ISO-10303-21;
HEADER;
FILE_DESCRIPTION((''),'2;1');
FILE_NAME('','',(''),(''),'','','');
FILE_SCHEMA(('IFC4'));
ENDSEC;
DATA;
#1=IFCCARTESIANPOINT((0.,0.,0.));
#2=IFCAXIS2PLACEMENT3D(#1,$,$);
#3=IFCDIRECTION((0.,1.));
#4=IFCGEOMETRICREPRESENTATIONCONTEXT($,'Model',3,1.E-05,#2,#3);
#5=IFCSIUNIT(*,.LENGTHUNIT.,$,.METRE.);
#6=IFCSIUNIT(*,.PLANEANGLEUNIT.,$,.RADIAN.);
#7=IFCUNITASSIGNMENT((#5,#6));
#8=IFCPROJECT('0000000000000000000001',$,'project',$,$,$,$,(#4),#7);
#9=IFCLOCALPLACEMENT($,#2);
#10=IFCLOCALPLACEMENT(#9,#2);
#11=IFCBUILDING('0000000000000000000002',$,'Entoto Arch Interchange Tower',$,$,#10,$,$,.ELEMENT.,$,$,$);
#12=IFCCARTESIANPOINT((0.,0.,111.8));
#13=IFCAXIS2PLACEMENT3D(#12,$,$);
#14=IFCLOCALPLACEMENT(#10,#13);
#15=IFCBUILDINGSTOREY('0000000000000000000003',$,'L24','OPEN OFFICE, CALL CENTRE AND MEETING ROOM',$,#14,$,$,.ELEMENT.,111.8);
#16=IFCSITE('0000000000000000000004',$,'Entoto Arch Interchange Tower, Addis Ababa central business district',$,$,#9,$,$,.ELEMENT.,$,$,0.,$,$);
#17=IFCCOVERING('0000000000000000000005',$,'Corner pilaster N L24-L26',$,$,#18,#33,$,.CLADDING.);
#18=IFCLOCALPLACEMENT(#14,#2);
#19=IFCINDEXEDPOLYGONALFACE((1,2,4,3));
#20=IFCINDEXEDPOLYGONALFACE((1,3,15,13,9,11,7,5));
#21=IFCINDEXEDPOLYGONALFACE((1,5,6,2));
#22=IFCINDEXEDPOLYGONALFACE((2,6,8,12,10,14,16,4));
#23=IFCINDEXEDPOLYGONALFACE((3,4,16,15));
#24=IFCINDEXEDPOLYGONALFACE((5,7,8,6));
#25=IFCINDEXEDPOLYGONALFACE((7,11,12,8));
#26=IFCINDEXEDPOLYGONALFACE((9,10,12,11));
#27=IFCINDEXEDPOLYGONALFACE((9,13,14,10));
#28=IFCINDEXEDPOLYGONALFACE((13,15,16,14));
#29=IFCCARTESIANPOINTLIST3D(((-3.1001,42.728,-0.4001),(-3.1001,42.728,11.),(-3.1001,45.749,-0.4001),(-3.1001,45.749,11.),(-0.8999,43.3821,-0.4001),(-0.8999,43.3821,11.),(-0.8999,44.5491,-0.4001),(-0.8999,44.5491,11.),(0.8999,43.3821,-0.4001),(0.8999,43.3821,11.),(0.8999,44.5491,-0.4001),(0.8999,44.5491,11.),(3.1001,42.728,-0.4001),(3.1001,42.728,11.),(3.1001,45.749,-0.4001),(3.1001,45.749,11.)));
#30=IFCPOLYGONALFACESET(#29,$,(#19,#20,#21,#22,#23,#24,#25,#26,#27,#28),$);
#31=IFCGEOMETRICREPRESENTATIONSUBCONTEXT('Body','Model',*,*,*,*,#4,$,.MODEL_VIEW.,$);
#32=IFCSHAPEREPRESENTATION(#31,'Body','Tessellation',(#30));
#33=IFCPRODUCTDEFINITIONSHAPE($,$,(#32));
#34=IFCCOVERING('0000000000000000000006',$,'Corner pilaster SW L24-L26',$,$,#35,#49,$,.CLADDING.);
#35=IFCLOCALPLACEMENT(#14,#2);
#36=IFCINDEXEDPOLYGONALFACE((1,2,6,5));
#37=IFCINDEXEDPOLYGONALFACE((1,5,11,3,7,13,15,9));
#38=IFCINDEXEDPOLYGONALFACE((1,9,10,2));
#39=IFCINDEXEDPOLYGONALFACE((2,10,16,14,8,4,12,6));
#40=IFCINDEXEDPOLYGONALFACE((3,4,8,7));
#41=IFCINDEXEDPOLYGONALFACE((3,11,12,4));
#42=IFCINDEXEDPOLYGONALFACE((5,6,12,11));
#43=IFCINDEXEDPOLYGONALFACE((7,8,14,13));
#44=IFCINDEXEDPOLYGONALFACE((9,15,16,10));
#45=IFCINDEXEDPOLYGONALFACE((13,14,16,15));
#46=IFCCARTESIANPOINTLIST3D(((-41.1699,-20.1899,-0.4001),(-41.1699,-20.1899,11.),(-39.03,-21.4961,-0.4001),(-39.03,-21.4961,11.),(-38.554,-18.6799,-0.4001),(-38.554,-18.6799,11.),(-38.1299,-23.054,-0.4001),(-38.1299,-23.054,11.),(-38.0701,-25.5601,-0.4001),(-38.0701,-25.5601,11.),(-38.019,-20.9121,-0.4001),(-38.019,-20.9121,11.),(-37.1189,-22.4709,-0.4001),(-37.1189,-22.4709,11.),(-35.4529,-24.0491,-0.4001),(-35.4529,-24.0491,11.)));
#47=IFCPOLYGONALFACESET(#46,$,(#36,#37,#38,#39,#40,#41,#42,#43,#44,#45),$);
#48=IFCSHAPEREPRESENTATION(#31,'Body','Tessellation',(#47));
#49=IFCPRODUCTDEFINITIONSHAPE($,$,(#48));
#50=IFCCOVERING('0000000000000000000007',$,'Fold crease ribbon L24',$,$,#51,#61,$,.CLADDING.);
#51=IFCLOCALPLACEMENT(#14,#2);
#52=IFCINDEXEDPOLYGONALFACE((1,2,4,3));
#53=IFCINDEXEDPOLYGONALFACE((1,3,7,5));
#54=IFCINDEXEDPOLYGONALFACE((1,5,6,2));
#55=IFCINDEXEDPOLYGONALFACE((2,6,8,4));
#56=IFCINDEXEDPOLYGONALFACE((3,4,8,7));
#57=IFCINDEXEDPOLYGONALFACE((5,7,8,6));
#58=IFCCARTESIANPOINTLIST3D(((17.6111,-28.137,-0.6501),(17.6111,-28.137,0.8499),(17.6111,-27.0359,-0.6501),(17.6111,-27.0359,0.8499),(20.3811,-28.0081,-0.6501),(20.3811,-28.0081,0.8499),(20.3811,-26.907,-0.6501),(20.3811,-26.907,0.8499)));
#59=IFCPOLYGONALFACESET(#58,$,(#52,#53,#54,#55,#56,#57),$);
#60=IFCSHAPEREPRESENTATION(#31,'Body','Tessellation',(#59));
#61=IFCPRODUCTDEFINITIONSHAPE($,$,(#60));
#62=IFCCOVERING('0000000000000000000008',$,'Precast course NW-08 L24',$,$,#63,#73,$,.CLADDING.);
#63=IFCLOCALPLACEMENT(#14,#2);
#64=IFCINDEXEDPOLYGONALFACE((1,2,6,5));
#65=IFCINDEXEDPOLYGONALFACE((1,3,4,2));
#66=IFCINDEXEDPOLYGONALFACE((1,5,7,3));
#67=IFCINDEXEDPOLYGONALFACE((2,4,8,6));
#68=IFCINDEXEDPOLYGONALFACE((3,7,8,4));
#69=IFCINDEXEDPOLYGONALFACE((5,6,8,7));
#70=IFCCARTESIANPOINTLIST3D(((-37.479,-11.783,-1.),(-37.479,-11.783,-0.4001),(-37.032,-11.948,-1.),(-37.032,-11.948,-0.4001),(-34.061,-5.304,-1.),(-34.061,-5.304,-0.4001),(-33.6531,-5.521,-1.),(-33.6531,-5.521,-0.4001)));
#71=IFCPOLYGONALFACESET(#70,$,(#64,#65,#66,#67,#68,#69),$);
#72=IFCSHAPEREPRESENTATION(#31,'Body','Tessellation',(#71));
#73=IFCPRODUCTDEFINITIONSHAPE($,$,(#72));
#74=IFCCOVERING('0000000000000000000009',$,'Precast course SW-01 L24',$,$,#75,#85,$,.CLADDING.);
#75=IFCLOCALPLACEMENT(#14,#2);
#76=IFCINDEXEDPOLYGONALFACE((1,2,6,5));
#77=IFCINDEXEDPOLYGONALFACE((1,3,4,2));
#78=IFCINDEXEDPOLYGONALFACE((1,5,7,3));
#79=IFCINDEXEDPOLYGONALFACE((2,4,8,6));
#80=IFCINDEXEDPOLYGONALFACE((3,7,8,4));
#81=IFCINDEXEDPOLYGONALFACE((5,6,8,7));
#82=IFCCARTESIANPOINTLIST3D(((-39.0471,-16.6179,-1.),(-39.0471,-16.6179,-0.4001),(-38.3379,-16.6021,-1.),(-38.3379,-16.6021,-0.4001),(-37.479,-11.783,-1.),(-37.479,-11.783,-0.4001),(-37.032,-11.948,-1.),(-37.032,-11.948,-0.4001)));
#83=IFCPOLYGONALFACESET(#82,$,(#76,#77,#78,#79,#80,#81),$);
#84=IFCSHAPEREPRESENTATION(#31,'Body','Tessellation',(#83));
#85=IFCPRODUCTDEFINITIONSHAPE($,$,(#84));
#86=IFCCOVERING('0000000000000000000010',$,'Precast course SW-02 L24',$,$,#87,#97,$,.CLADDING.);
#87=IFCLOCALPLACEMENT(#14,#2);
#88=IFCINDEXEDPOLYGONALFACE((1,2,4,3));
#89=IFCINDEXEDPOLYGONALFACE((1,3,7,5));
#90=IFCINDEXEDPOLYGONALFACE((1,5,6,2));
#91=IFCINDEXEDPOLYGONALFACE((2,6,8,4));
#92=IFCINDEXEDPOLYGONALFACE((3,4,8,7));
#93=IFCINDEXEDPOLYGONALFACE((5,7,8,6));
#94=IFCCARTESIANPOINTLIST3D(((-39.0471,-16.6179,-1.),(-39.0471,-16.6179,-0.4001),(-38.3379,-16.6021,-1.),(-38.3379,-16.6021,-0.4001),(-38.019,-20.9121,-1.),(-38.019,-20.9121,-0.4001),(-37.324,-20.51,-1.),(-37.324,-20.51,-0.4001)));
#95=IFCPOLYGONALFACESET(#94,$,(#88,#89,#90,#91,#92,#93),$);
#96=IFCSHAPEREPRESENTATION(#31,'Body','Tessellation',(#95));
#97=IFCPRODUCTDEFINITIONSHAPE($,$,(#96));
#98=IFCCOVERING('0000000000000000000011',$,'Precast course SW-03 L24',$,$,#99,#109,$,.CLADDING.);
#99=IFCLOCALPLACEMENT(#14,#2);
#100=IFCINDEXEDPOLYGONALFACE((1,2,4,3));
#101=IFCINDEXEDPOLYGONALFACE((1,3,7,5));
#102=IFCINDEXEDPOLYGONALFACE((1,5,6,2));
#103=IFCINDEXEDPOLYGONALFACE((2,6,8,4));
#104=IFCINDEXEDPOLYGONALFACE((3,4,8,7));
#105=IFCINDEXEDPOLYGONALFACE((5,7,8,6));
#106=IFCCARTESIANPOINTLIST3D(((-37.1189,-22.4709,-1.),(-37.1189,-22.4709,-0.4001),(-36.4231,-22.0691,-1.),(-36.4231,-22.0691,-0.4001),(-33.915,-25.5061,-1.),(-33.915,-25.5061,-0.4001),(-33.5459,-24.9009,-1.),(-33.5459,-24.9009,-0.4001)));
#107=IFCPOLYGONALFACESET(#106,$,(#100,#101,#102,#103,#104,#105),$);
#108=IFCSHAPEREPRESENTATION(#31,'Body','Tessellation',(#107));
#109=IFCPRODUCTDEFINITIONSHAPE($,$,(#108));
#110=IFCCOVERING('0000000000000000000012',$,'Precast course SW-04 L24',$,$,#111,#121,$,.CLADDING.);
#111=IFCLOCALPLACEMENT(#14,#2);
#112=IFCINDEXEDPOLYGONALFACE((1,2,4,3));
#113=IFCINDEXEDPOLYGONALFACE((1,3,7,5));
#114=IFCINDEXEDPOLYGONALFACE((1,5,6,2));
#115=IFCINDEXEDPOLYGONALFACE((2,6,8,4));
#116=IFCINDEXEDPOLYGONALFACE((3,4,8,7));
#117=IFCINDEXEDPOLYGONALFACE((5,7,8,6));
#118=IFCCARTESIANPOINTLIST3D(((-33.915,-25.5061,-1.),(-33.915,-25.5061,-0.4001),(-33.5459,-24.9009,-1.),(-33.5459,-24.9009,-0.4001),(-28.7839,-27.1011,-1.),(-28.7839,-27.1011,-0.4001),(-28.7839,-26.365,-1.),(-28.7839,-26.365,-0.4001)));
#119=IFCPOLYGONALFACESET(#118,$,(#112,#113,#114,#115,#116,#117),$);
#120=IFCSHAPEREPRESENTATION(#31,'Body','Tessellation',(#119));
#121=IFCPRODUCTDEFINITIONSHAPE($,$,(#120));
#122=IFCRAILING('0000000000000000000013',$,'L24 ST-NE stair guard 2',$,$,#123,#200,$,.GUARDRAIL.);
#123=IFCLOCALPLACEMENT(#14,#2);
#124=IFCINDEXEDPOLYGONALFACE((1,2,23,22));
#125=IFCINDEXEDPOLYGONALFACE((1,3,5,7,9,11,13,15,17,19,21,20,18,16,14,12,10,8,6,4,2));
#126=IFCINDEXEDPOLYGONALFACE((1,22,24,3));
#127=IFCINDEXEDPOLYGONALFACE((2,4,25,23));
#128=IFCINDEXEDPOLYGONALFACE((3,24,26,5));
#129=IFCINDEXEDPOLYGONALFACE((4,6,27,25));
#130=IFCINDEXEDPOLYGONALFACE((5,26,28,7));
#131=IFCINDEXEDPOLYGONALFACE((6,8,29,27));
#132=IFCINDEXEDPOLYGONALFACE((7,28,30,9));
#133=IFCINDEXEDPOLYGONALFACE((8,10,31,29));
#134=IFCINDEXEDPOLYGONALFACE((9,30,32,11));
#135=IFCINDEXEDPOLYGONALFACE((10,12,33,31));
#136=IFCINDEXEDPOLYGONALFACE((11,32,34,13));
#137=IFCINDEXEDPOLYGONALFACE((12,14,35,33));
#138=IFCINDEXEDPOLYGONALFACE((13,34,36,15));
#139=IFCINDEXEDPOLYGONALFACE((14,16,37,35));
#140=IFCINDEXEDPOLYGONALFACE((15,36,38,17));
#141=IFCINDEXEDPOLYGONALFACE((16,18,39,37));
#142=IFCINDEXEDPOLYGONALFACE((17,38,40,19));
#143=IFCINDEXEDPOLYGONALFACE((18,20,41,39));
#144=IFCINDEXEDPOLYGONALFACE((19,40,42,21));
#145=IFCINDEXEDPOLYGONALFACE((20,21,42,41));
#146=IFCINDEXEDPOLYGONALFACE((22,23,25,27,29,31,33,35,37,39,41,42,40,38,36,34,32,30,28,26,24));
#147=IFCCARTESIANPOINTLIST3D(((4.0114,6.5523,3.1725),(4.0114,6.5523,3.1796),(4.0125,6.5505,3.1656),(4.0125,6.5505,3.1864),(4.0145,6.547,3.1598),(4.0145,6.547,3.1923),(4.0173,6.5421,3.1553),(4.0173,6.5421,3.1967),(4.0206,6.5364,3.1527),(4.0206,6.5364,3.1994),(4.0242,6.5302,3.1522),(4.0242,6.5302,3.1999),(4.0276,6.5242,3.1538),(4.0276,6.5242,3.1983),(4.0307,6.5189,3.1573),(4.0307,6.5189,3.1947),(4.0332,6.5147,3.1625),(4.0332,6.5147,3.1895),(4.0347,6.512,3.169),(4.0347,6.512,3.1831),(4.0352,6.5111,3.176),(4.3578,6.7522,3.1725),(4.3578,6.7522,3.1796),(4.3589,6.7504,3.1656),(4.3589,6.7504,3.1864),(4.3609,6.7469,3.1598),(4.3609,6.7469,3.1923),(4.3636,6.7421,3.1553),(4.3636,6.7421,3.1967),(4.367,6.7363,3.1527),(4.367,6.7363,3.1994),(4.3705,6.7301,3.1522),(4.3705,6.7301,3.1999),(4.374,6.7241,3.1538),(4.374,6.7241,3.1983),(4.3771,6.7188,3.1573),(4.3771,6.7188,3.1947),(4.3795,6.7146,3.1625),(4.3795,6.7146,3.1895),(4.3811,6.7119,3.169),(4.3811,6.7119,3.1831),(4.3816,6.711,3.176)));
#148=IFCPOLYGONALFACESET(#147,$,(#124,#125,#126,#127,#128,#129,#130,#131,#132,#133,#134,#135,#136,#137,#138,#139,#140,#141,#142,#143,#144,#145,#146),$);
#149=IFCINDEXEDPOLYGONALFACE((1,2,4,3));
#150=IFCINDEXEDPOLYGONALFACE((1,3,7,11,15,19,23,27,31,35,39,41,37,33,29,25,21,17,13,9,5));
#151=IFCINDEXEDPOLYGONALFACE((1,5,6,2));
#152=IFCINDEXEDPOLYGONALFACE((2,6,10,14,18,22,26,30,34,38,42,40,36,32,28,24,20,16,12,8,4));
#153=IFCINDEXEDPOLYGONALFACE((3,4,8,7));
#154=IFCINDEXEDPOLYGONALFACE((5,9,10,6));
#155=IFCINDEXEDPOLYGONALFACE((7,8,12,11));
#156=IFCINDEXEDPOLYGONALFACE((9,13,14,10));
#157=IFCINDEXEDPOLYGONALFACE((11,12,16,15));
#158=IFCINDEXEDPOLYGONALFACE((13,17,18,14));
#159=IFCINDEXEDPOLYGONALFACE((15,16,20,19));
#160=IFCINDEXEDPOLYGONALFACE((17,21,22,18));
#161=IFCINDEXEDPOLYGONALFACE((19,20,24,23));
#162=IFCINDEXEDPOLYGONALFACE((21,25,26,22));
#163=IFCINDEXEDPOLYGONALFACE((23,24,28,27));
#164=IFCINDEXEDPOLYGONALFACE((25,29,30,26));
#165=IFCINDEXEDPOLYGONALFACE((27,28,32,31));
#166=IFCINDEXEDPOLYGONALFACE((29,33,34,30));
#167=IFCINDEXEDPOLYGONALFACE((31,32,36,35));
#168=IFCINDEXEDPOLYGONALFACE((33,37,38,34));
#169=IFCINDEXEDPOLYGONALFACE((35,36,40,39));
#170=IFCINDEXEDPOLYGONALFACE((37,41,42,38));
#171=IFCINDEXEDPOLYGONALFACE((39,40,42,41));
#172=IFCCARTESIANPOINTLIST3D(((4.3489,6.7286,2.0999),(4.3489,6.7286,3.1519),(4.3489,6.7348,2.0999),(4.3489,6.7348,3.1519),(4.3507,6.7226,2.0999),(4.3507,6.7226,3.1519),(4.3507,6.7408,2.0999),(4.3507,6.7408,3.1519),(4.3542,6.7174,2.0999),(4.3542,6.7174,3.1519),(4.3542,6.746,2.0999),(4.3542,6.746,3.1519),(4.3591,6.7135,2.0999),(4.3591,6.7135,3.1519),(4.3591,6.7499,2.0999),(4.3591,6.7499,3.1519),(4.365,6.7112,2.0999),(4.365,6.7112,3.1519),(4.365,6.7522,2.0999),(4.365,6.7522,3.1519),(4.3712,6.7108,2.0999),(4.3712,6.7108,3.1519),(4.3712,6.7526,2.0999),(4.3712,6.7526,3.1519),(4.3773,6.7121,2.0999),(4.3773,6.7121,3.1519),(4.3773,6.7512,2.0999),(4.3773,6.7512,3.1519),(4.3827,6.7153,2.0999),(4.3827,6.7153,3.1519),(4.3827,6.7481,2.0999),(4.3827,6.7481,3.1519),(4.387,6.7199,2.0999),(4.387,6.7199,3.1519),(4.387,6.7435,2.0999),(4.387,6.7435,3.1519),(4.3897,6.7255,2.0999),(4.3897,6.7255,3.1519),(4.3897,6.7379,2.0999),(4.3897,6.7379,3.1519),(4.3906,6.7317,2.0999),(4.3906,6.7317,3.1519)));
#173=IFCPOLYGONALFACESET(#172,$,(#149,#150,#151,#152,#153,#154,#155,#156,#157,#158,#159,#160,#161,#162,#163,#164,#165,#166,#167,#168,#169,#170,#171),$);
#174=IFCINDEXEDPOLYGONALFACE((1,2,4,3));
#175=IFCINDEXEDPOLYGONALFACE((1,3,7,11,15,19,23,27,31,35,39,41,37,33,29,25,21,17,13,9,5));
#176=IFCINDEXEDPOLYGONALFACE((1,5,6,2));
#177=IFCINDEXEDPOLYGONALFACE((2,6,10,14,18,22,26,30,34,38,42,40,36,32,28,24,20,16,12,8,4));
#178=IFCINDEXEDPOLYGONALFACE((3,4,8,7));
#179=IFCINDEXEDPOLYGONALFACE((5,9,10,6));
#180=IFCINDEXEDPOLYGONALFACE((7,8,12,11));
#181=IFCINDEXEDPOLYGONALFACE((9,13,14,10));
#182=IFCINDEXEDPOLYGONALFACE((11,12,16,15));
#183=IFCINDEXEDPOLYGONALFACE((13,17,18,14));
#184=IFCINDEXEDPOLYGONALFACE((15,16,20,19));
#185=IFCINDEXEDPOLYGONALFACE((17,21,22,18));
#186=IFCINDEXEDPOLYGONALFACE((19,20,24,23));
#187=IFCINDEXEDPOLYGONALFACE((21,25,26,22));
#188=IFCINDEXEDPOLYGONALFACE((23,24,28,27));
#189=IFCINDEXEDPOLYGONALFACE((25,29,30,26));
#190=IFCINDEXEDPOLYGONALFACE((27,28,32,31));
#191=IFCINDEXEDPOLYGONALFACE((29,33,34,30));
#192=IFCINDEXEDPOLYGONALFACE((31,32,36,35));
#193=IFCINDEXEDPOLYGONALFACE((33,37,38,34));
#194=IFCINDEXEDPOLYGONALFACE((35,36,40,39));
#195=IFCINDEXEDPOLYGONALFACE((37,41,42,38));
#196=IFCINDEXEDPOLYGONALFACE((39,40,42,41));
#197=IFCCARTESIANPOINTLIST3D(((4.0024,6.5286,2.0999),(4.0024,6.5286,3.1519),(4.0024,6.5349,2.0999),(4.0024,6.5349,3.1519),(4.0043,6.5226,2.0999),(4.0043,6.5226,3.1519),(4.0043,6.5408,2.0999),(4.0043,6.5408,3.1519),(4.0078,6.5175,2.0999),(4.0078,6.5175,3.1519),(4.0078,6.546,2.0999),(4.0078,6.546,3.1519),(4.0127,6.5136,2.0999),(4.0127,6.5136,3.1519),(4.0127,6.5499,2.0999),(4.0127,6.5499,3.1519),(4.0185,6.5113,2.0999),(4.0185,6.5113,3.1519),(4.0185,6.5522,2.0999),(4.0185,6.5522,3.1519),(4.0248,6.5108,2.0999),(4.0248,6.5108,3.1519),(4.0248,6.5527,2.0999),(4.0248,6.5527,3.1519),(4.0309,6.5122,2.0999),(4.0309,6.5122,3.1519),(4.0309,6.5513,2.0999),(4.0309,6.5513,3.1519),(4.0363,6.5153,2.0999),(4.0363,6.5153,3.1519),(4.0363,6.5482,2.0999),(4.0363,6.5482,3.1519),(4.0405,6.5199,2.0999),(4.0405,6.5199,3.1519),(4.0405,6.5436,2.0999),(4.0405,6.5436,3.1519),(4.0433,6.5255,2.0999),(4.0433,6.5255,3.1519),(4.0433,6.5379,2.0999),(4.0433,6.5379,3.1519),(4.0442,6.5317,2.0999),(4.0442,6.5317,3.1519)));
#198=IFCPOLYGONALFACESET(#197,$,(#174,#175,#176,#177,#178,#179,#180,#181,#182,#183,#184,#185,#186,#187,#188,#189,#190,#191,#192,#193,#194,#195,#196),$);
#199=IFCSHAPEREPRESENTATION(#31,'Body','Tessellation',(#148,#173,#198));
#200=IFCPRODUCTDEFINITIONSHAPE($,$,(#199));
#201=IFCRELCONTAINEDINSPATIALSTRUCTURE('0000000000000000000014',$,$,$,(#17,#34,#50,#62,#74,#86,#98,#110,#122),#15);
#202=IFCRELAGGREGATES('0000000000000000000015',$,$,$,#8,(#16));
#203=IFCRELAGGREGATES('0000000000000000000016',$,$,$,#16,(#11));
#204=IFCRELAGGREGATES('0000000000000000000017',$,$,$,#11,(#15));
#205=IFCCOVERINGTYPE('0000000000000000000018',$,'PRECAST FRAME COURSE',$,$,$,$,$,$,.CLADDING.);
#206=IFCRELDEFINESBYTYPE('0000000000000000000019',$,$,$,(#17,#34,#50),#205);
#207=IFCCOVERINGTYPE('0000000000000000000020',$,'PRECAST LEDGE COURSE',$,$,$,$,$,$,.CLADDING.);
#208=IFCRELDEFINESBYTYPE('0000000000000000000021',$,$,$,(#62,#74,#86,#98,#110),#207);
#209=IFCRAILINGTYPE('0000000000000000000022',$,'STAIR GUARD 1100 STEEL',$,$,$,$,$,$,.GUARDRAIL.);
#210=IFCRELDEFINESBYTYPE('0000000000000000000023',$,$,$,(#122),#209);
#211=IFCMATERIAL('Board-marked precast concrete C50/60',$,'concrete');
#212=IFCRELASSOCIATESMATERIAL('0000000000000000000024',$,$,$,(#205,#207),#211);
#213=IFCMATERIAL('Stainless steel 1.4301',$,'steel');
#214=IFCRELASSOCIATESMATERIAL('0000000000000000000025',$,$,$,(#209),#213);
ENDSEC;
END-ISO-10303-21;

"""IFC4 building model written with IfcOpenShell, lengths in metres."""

from ifc_helpers import new_model, si_unit, direction, frame, origin, origin_2d, place, context, subcontext, project, spatial, polyline, circle, outline, extrude, material, type_object, element, save


model = new_model("IFC4")

# Units and contexts
model_context = context("Model", 3, precision=1e-05, world=origin(), true_north=direction((0.0, 1.0)))
body_context = subcontext(model_context, "Body", "Model", "MODEL_VIEW")
ifc_project = project(units=[si_unit("LENGTHUNIT", "METRE"), si_unit("PLANEANGLEUNIT", "RADIAN")], contexts=[model_context])

# Site, building, storey
site_placement = place(None, origin())
site = spatial("IfcSite", under=ifc_project, at=site_placement, Name="Entoto Arch Interchange Tower, Addis Ababa central business district", CompositionType="ELEMENT", RefElevation=0.0)
building_placement = place(site_placement, origin())
building = spatial("IfcBuilding", under=site, at=building_placement, Name="Entoto Arch Interchange Tower", CompositionType="ELEMENT")
storey_placement = place(building_placement, frame((0.0, 0.0, 111.8)))
storey = spatial("IfcBuildingStorey", under=building, at=storey_placement, Name="L24", Description="OPEN OFFICE, CALL CENTRE AND MEETING ROOM", CompositionType="ELEMENT", Elevation=111.8)

# Shared definitions
ifc_material_1 = material(Name="Board-marked precast concrete C50/60", Category="concrete")

# Coverings
covering_type_1 = type_object("IfcCoveringType", Name="PRECAST FRAME COURSE", PredefinedType="CLADDING", material=ifc_material_1)
covering_1_placement = place(storey_placement, frame((0.0, 0.0, -0.4001)))
element("IfcCovering", 1, at=covering_1_placement, inside=storey, type_object=covering_type_1, Name="Corner pilaster N L24-L26", PredefinedType="CLADDING", context=body_context, shape_type="SweptSolid", body=[
    extrude(outline(polyline([(-3.1001, 45.749), (3.1001, 45.749), (3.1001, 42.728), (0.8999, 43.3821), (0.8999, 44.5491), (-0.8999, 44.5491), (-0.8999, 43.3821), (-3.1001, 42.728), (-3.1001, 45.749)])), origin(), (0.0, 0.0, 1.0), 11.4001),
])
covering_2_placement = place(storey_placement, frame((0.0, 0.0, -0.4001)))
element("IfcCovering", 2, at=covering_2_placement, inside=storey, type_object=covering_type_1, Name="Corner pilaster SW L24-L26", PredefinedType="CLADDING", context=body_context, shape_type="SweptSolid", body=[
    extrude(outline(polyline([(-38.0701, -25.5601), (-41.1699, -20.1899), (-38.554, -18.6799), (-38.019, -20.9121), (-39.03, -21.4961), (-38.1299, -23.054), (-37.1189, -22.4709), (-35.4529, -24.0491), (-38.0701, -25.5601)])), origin(), (0.0, 0.0, 1.0), 11.4001),
])
covering_3_placement = place(storey_placement, frame((0.0, 0.0, -0.6501)))
element("IfcCovering", 3, at=covering_3_placement, inside=storey, type_object=covering_type_1, Name="Fold crease ribbon L24", PredefinedType="CLADDING", context=body_context, shape_type="SweptSolid", body=[
    extrude(outline(polyline([(17.6111, -28.137), (17.6111, -27.0359), (20.3811, -26.907), (20.3811, -28.0081), (17.6111, -28.137)])), origin(), (0.0, 0.0, 1.0), 1.5),
])
covering_type_2 = type_object("IfcCoveringType", Name="PRECAST LEDGE COURSE", PredefinedType="CLADDING", material=ifc_material_1)
covering_4_placement = place(storey_placement, frame((0.0, 0.0, -1.0)))
element("IfcCovering", 4, at=covering_4_placement, inside=storey, type_object=covering_type_2, Name="Precast course NW-08 L24", PredefinedType="CLADDING", context=body_context, shape_type="SweptSolid", body=[
    extrude(outline(polyline([(-37.032, -11.948), (-37.479, -11.783), (-34.061, -5.304), (-33.6531, -5.521), (-37.032, -11.948)])), origin(), (0.0, 0.0, 1.0), 0.5999),
])
covering_5_placement = place(storey_placement, frame((0.0, 0.0, -1.0)))
element("IfcCovering", 5, at=covering_5_placement, inside=storey, type_object=covering_type_2, Name="Precast course SW-01 L24", PredefinedType="CLADDING", context=body_context, shape_type="SweptSolid", body=[
    extrude(outline(polyline([(-38.3379, -16.6021), (-39.0471, -16.6179), (-37.479, -11.783), (-37.032, -11.948), (-38.3379, -16.6021)])), origin(), (0.0, 0.0, 1.0), 0.5999),
])
covering_6_placement = place(storey_placement, frame((0.0, 0.0, -1.0)))
element("IfcCovering", 6, at=covering_6_placement, inside=storey, type_object=covering_type_2, Name="Precast course SW-02 L24", PredefinedType="CLADDING", context=body_context, shape_type="SweptSolid", body=[
    extrude(outline(polyline([(-37.324, -20.51), (-38.019, -20.9121), (-39.0471, -16.6179), (-38.3379, -16.6021), (-37.324, -20.51)])), origin(), (0.0, 0.0, 1.0), 0.5999),
])
covering_7_placement = place(storey_placement, frame((0.0, 0.0, -1.0)))
element("IfcCovering", 7, at=covering_7_placement, inside=storey, type_object=covering_type_2, Name="Precast course SW-03 L24", PredefinedType="CLADDING", context=body_context, shape_type="SweptSolid", body=[
    extrude(outline(polyline([(-33.5459, -24.9009), (-33.915, -25.5061), (-37.1189, -22.4709), (-36.4231, -22.0691), (-33.5459, -24.9009)])), origin(), (0.0, 0.0, 1.0), 0.5999),
])
covering_8_placement = place(storey_placement, frame((0.0, 0.0, -1.0)))
element("IfcCovering", 8, at=covering_8_placement, inside=storey, type_object=covering_type_2, Name="Precast course SW-04 L24", PredefinedType="CLADDING", context=body_context, shape_type="SweptSolid", body=[
    extrude(outline(polyline([(-28.7839, -26.365), (-28.7839, -27.1011), (-33.915, -25.5061), (-33.5459, -24.9009), (-28.7839, -26.365)])), origin(), (0.0, 0.0, 1.0), 0.5999),
])

# Railing
ifc_material_2 = material(Name="Stainless steel 1.4301", Category="steel")
railing_type_1 = type_object("IfcRailingType", Name="STAIR GUARD 1100 STEEL", PredefinedType="GUARDRAIL", material=ifc_material_2)
railing_1_placement = place(storey_placement, frame((4.3696, 6.7317, 2.0999)))
element("IfcRailing", 9, at=railing_1_placement, inside=storey, type_object=railing_type_1, Name="L24 ST-NE stair guard 2", PredefinedType="GUARDRAIL", context=body_context, shape_type="SweptSolid", body=[
    extrude(circle(Radius=0.0239, at=origin_2d()), frame((0.0, 0.0, 1.0762), z_axis=(-0.866094, -0.499881, 0.0), x_axis=(0.499881, -0.866094, 0.0)), (0.0, 0.0, 1.0), 0.3999),
    extrude(circle(Radius=0.021, at=origin_2d()), origin(), (0.0, 0.0, 1.0), 1.052),
    extrude(circle(Radius=0.021, at=origin_2d()), frame((-0.3464, -0.2, 0.0)), (0.0, 0.0, 1.0), 1.052),
])

save(model, "model.ifc")
